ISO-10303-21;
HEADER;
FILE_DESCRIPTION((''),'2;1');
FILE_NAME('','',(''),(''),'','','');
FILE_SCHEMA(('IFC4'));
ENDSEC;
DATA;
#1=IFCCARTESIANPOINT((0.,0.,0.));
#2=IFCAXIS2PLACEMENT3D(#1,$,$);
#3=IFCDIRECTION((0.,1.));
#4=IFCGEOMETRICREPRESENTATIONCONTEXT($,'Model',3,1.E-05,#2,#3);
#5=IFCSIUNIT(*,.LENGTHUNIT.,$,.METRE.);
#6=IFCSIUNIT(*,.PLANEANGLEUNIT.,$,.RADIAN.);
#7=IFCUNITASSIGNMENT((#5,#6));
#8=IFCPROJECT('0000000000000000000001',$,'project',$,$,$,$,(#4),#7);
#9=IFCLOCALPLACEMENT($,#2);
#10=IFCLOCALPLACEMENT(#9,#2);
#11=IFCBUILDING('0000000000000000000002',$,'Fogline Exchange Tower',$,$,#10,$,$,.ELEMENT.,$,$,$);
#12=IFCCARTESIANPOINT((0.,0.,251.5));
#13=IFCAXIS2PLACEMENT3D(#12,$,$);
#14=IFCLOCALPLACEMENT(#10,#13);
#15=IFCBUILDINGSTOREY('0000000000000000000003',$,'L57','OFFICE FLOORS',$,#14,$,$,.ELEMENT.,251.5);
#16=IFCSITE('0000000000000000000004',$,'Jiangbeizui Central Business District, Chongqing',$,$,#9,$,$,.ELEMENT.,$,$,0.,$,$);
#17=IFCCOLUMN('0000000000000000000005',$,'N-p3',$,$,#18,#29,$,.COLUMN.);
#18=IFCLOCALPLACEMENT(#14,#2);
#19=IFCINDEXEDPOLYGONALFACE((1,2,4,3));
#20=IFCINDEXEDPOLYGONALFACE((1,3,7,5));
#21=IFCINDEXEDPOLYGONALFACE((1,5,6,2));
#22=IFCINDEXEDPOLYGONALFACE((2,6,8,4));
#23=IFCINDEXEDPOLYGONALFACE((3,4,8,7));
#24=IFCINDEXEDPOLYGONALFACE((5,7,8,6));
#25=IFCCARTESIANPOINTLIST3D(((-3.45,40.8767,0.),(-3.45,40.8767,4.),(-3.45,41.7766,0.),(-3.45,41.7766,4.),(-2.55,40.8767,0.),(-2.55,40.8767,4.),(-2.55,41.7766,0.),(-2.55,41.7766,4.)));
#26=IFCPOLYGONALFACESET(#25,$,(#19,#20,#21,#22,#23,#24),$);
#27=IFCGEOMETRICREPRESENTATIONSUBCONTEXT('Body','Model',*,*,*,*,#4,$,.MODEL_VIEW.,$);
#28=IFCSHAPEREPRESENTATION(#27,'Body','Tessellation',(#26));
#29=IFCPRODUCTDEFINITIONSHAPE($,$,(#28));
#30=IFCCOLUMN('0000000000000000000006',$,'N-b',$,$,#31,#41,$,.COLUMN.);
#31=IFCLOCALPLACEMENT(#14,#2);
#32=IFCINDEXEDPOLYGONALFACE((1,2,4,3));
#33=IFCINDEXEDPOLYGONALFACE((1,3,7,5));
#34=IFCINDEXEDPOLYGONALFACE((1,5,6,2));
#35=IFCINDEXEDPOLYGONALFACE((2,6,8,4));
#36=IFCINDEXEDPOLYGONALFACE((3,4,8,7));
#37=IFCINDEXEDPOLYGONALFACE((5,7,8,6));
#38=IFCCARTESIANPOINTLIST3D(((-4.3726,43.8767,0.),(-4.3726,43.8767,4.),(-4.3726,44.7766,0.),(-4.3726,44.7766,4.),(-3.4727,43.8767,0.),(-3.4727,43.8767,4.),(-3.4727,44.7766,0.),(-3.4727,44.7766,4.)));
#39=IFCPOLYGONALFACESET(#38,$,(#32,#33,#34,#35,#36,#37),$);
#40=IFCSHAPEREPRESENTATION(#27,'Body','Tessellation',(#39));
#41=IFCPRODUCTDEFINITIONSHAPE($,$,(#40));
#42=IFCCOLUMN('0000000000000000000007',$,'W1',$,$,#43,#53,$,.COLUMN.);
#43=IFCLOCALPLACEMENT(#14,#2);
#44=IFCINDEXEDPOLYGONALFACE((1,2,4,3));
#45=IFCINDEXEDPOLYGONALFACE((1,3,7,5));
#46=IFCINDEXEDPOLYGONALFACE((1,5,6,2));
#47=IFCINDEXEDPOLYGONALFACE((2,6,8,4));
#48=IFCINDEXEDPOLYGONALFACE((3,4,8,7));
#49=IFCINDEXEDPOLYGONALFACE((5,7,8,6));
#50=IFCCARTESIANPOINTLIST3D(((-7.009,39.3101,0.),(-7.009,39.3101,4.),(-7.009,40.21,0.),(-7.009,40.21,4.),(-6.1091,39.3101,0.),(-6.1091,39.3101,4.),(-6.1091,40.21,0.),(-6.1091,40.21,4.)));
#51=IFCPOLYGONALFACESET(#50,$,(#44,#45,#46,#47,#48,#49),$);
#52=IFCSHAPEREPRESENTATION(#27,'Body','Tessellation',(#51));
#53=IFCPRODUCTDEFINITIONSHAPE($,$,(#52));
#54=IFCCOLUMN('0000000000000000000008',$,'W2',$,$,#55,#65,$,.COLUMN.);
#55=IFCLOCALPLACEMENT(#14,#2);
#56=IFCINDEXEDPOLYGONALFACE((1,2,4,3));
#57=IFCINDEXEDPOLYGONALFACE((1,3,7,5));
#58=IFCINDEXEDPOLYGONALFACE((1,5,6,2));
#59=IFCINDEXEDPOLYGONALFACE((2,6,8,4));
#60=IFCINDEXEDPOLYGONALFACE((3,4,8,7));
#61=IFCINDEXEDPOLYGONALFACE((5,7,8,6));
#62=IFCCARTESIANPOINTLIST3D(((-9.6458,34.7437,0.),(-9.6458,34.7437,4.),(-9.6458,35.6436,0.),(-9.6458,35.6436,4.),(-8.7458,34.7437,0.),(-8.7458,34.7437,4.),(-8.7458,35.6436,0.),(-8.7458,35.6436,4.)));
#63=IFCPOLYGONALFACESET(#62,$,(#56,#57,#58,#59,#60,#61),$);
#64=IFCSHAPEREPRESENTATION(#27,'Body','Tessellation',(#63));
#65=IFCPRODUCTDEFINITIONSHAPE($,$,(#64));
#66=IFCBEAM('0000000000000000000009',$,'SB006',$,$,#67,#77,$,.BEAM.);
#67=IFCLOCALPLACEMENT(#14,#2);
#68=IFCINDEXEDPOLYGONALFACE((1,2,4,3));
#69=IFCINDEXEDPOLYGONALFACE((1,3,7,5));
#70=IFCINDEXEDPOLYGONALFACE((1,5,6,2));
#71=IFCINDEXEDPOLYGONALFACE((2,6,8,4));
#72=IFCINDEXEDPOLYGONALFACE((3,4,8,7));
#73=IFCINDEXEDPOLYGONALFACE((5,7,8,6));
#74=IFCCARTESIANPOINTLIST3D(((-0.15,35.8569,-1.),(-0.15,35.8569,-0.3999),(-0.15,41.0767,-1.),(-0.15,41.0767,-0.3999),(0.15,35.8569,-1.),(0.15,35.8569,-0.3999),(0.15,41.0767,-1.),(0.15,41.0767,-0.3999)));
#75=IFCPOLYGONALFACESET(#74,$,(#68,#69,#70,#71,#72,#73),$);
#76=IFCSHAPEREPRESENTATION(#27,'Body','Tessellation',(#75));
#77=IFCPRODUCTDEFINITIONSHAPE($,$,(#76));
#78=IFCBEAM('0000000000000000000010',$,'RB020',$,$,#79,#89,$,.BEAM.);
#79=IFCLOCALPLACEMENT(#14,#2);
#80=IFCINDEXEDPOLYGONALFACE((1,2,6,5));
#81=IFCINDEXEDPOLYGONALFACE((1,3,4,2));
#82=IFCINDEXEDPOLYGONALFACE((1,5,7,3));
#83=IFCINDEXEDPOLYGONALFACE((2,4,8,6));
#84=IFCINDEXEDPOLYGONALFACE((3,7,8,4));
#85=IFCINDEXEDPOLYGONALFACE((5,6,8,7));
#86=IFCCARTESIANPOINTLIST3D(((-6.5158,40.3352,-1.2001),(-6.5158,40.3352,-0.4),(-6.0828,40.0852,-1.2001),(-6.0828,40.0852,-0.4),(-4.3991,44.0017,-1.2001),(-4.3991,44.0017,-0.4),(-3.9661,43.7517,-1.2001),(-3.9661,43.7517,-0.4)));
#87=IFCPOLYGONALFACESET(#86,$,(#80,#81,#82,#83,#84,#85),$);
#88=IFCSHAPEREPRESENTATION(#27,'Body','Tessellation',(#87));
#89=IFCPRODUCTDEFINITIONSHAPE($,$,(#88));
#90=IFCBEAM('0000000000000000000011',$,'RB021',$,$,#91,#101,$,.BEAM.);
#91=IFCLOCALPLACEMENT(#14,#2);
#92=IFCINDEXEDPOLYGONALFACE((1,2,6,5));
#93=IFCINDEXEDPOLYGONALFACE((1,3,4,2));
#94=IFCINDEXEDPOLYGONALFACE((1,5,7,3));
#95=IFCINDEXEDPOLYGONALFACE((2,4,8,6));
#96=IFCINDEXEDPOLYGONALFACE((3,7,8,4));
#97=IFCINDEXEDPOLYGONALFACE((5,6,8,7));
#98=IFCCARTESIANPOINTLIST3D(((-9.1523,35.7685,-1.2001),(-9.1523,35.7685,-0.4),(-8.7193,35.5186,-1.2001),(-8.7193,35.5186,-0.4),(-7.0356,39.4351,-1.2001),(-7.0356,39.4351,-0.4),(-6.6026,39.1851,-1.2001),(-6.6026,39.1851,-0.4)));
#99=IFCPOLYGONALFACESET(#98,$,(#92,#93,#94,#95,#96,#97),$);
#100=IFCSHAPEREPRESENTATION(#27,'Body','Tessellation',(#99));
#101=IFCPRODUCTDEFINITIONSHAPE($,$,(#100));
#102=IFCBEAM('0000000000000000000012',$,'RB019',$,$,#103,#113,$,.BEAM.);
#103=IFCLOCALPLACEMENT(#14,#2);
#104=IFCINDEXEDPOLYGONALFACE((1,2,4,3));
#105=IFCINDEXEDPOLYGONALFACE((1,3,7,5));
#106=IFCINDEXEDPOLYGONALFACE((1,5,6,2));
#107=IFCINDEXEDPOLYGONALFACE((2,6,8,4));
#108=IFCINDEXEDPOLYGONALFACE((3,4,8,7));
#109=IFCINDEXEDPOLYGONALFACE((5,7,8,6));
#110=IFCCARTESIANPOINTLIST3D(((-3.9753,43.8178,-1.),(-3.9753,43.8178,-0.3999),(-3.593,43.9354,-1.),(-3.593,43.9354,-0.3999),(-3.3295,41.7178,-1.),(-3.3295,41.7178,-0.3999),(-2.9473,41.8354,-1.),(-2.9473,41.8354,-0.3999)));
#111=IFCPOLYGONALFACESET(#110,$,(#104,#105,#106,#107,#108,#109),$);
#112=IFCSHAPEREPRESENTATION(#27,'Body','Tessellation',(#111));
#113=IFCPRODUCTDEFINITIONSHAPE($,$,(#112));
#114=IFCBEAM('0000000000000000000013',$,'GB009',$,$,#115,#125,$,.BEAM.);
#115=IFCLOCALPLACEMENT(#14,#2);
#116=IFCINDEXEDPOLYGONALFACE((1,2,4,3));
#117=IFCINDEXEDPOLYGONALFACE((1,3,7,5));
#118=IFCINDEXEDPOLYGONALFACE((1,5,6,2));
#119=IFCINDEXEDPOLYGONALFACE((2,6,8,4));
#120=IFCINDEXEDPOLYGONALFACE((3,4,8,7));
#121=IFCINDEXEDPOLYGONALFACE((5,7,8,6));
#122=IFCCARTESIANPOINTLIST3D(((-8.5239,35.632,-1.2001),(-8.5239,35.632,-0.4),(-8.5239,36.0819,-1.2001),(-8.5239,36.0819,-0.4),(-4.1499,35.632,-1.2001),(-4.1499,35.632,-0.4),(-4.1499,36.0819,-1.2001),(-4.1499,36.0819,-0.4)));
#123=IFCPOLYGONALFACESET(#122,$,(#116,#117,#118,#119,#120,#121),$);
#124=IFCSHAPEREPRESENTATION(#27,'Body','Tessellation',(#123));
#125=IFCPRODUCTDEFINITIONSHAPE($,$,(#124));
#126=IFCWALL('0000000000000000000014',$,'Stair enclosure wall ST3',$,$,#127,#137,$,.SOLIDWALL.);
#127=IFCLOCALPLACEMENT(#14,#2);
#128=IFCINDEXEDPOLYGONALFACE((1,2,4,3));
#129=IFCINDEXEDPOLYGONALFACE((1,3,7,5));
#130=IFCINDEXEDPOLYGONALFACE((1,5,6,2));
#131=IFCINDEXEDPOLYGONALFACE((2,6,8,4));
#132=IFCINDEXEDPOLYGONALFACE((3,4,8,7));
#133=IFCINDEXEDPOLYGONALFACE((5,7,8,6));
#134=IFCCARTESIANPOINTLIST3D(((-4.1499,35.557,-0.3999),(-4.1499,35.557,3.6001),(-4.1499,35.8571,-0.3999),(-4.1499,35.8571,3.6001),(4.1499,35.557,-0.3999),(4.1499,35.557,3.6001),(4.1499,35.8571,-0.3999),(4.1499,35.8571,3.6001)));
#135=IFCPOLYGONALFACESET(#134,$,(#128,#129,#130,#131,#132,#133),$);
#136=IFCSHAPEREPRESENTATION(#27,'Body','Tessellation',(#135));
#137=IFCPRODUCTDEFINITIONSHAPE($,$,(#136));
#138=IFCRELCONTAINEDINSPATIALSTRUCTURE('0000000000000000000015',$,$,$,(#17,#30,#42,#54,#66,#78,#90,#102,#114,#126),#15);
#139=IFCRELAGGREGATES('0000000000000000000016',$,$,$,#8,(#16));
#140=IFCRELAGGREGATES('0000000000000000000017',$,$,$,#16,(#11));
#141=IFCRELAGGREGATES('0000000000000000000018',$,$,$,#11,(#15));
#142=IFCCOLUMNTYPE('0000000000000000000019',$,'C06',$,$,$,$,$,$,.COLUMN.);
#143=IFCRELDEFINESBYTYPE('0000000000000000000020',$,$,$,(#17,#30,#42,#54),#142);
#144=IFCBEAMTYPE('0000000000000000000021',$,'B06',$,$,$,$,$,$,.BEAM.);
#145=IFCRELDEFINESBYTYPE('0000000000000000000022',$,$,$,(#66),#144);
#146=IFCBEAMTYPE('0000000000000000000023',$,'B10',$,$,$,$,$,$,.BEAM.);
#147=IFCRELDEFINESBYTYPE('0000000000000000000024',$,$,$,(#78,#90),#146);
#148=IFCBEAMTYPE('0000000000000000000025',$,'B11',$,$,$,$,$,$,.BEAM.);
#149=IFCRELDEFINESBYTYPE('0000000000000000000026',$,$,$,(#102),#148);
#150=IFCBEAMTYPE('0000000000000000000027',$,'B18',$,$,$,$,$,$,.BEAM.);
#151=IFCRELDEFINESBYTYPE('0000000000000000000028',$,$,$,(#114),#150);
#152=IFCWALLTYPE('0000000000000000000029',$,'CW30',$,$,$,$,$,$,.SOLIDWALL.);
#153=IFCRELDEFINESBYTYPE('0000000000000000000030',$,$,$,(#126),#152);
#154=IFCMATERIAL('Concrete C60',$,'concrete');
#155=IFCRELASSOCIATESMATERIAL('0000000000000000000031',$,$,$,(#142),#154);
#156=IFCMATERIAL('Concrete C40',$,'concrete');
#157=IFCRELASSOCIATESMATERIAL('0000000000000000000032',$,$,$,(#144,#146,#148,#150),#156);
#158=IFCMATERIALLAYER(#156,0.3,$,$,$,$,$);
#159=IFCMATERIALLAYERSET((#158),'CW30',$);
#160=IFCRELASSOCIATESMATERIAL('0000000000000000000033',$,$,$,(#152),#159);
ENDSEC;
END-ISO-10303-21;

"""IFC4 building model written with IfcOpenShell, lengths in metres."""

from ifc_helpers import new_model, si_unit, direction, frame, frame_2d, origin, origin_2d, place, context, subcontext, project, spatial, rectangle, extrude, material, layer, layer_set, material_profile, profile_set, type_object, element, save


model = new_model("IFC4")

# Units and contexts
model_context = context("Model", 3, precision=1e-05, world=origin(), true_north=direction((0.0, 1.0)))
body_context = subcontext(model_context, "Body", "Model", "MODEL_VIEW")
ifc_project = project(units=[si_unit("LENGTHUNIT", "METRE"), si_unit("PLANEANGLEUNIT", "RADIAN")], contexts=[model_context])

# Site, building, storey
site_placement = place(None, origin())
site = spatial("IfcSite", under=ifc_project, at=site_placement, Name="Jiangbeizui Central Business District, Chongqing", CompositionType="ELEMENT", RefElevation=0.0)
building_placement = place(site_placement, origin())
building = spatial("IfcBuilding", under=site, at=building_placement, Name="Fogline Exchange Tower", CompositionType="ELEMENT")
storey_placement = place(building_placement, frame((0.0, 0.0, 251.5)))
storey = spatial("IfcBuildingStorey", under=building, at=storey_placement, Name="L57", Description="OFFICE FLOORS", CompositionType="ELEMENT", Elevation=251.5)

# Columns
ifc_material_1 = material(Name="Concrete C60", Category="concrete")
ifc_material_profile_1 = material_profile(ifc_material_1, rectangle(XDim=0.8999, YDim=0.8999, at=origin_2d()), Name="RC 900x900")
ifc_profile_set_1 = profile_set([ifc_material_profile_1], Name="Concrete C60")
column_type = type_object("IfcColumnType", Name="C06", PredefinedType="COLUMN", material=ifc_profile_set_1)
for number, where, z_axis, x_axis, name in (
    (1, (-3.0, 41.3267, 0.0), (0.0, 0.0, 1.0), (1.0, 0.0, 0.0), "N-p3"),
    (2, (-3.9226, 44.3267, 0.0), (0.0, 0.0, 1.0), (1.0, 0.0, 0.0), "N-b"),
    (3, (-6.5591, 39.76, 0.0), (0.0, 0.0, 1.0), (1.0, 0.0, 0.0), "W1"),
    (4, (-9.1958, 35.1936, 0.0), (0.0, 0.0, 1.0), (1.0, 0.0, 0.0), "W2"),
):
    element("IfcColumn", number, at=place(storey_placement, frame(where, z_axis=z_axis, x_axis=x_axis)), inside=storey, type_object=column_type, Name=name, PredefinedType="COLUMN", context=body_context, shape_type="SweptSolid", body=[
        extrude(rectangle(XDim=0.8999, YDim=0.8999, at=origin_2d()), origin(), (0.0, 0.0, 1.0), 4.0),
    ])

# Beams
ifc_material_2 = material(Name="Concrete C40", Category="concrete")
ifc_material_profile_2 = material_profile(ifc_material_2, rectangle(XDim=0.3, YDim=0.6001, at=origin_2d()), Name="RC 300x600")
ifc_profile_set_2 = profile_set([ifc_material_profile_2], Name="Concrete C40")
beam_type_1 = type_object("IfcBeamType", Name="B06", PredefinedType="BEAM", material=ifc_profile_set_2)
beam_1_placement = place(storey_placement, frame((0.0, 35.8569, -0.7), z_axis=(0.0, 1.0, 0.0), x_axis=(-1.0, 0.0, 0.0)))
element("IfcBeam", 5, at=beam_1_placement, inside=storey, type_object=beam_type_1, Name="SB006", PredefinedType="BEAM", context=body_context, shape_type="SweptSolid", body=[
    extrude(rectangle(XDim=0.3, YDim=0.6001, at=origin_2d()), origin(), (0.0, 0.0, 1.0), 5.2197),
])
ifc_material_profile_3 = material_profile(ifc_material_2, rectangle(XDim=0.5, YDim=0.8, at=origin_2d()), Name="RC 500x800")
ifc_profile_set_3 = profile_set([ifc_material_profile_3], Name="Concrete C40")
beam_type_2 = type_object("IfcBeamType", Name="B10", PredefinedType="BEAM", material=ifc_profile_set_3)
for number, where, z_axis, x_axis, name in (
    (6, (-4.1826, 43.8767, -0.8), (-0.499972, -0.866042, 0.0), (0.866042, -0.499972, 0.0), "RB020"),
    (7, (-6.8191, 39.3101, -0.8), (-0.499972, -0.866042, 0.0), (0.866042, -0.499972, 0.0), "RB021"),
):
    element("IfcBeam", number, at=place(storey_placement, frame(where, z_axis=z_axis, x_axis=x_axis)), inside=storey, type_object=beam_type_2, Name=name, PredefinedType="BEAM", context=body_context, shape_type="SweptSolid", body=[
        extrude(rectangle(XDim=0.5, YDim=0.8, at=origin_2d()), origin(), (0.0, 0.0, 1.0), 4.2336),
    ])
ifc_material_profile_4 = material_profile(ifc_material_2, rectangle(XDim=0.3999, YDim=0.6001, at=origin_2d()), Name="RC 400x600")
ifc_profile_set_4 = profile_set([ifc_material_profile_4], Name="Concrete C40")
beam_type_3 = type_object("IfcBeamType", Name="B11", PredefinedType="BEAM", material=ifc_profile_set_4)
beam_2_placement = place(storey_placement, frame((-3.1384, 41.7766, -0.7), z_axis=(-0.293906, 0.955834, 0.0), x_axis=(-0.955834, -0.293906, 0.0)))
element("IfcBeam", 8, at=beam_2_placement, inside=storey, type_object=beam_type_3, Name="RB019", PredefinedType="BEAM", context=body_context, shape_type="SweptSolid", body=[
    extrude(rectangle(XDim=0.3999, YDim=0.6001, at=origin_2d()), origin(), (0.0, 0.0, 1.0), 2.197),
])
ifc_material_profile_5 = material_profile(ifc_material_2, rectangle(XDim=0.45, YDim=0.8, at=origin_2d()), Name="RC 450x800")
ifc_profile_set_5 = profile_set([ifc_material_profile_5], Name="Concrete C40")
beam_type_4 = type_object("IfcBeamType", Name="B18", PredefinedType="BEAM", material=ifc_profile_set_5)
beam_3_placement = place(storey_placement, frame((-8.5239, 35.8569, -0.8), z_axis=(1.0, 0.0, 0.0), x_axis=(0.0, 1.0, 0.0)))
element("IfcBeam", 9, at=beam_3_placement, inside=storey, type_object=beam_type_4, Name="GB009", PredefinedType="BEAM", context=body_context, shape_type="SweptSolid", body=[
    extrude(rectangle(XDim=0.45, YDim=0.8, at=origin_2d()), origin(), (0.0, 0.0, 1.0), 4.374),
])

# Wall
ifc_layer_1 = layer(ifc_material_2, 0.3)
ifc_layer_set_1 = layer_set([ifc_layer_1], Name="CW30")
wall_type_1 = type_object("IfcWallType", Name="CW30", PredefinedType="SOLIDWALL", material=ifc_layer_set_1)
wall_1_placement = place(storey_placement, frame((-4.1499, 35.707, -0.3999), z_axis=(0.0, 0.0, 1.0), x_axis=(1.0, 0.0, 0.0)))
element("IfcWall", 10, at=wall_1_placement, inside=storey, type_object=wall_type_1, Name="Stair enclosure wall ST3", PredefinedType="SOLIDWALL", context=body_context, shape_type="SweptSolid", body=[
    extrude(rectangle(XDim=8.2998, YDim=0.3, at=frame_2d((4.1499, 0.0))), origin(), (0.0, 0.0, 1.0), 4.0),
])

save(model, "model.ifc")
